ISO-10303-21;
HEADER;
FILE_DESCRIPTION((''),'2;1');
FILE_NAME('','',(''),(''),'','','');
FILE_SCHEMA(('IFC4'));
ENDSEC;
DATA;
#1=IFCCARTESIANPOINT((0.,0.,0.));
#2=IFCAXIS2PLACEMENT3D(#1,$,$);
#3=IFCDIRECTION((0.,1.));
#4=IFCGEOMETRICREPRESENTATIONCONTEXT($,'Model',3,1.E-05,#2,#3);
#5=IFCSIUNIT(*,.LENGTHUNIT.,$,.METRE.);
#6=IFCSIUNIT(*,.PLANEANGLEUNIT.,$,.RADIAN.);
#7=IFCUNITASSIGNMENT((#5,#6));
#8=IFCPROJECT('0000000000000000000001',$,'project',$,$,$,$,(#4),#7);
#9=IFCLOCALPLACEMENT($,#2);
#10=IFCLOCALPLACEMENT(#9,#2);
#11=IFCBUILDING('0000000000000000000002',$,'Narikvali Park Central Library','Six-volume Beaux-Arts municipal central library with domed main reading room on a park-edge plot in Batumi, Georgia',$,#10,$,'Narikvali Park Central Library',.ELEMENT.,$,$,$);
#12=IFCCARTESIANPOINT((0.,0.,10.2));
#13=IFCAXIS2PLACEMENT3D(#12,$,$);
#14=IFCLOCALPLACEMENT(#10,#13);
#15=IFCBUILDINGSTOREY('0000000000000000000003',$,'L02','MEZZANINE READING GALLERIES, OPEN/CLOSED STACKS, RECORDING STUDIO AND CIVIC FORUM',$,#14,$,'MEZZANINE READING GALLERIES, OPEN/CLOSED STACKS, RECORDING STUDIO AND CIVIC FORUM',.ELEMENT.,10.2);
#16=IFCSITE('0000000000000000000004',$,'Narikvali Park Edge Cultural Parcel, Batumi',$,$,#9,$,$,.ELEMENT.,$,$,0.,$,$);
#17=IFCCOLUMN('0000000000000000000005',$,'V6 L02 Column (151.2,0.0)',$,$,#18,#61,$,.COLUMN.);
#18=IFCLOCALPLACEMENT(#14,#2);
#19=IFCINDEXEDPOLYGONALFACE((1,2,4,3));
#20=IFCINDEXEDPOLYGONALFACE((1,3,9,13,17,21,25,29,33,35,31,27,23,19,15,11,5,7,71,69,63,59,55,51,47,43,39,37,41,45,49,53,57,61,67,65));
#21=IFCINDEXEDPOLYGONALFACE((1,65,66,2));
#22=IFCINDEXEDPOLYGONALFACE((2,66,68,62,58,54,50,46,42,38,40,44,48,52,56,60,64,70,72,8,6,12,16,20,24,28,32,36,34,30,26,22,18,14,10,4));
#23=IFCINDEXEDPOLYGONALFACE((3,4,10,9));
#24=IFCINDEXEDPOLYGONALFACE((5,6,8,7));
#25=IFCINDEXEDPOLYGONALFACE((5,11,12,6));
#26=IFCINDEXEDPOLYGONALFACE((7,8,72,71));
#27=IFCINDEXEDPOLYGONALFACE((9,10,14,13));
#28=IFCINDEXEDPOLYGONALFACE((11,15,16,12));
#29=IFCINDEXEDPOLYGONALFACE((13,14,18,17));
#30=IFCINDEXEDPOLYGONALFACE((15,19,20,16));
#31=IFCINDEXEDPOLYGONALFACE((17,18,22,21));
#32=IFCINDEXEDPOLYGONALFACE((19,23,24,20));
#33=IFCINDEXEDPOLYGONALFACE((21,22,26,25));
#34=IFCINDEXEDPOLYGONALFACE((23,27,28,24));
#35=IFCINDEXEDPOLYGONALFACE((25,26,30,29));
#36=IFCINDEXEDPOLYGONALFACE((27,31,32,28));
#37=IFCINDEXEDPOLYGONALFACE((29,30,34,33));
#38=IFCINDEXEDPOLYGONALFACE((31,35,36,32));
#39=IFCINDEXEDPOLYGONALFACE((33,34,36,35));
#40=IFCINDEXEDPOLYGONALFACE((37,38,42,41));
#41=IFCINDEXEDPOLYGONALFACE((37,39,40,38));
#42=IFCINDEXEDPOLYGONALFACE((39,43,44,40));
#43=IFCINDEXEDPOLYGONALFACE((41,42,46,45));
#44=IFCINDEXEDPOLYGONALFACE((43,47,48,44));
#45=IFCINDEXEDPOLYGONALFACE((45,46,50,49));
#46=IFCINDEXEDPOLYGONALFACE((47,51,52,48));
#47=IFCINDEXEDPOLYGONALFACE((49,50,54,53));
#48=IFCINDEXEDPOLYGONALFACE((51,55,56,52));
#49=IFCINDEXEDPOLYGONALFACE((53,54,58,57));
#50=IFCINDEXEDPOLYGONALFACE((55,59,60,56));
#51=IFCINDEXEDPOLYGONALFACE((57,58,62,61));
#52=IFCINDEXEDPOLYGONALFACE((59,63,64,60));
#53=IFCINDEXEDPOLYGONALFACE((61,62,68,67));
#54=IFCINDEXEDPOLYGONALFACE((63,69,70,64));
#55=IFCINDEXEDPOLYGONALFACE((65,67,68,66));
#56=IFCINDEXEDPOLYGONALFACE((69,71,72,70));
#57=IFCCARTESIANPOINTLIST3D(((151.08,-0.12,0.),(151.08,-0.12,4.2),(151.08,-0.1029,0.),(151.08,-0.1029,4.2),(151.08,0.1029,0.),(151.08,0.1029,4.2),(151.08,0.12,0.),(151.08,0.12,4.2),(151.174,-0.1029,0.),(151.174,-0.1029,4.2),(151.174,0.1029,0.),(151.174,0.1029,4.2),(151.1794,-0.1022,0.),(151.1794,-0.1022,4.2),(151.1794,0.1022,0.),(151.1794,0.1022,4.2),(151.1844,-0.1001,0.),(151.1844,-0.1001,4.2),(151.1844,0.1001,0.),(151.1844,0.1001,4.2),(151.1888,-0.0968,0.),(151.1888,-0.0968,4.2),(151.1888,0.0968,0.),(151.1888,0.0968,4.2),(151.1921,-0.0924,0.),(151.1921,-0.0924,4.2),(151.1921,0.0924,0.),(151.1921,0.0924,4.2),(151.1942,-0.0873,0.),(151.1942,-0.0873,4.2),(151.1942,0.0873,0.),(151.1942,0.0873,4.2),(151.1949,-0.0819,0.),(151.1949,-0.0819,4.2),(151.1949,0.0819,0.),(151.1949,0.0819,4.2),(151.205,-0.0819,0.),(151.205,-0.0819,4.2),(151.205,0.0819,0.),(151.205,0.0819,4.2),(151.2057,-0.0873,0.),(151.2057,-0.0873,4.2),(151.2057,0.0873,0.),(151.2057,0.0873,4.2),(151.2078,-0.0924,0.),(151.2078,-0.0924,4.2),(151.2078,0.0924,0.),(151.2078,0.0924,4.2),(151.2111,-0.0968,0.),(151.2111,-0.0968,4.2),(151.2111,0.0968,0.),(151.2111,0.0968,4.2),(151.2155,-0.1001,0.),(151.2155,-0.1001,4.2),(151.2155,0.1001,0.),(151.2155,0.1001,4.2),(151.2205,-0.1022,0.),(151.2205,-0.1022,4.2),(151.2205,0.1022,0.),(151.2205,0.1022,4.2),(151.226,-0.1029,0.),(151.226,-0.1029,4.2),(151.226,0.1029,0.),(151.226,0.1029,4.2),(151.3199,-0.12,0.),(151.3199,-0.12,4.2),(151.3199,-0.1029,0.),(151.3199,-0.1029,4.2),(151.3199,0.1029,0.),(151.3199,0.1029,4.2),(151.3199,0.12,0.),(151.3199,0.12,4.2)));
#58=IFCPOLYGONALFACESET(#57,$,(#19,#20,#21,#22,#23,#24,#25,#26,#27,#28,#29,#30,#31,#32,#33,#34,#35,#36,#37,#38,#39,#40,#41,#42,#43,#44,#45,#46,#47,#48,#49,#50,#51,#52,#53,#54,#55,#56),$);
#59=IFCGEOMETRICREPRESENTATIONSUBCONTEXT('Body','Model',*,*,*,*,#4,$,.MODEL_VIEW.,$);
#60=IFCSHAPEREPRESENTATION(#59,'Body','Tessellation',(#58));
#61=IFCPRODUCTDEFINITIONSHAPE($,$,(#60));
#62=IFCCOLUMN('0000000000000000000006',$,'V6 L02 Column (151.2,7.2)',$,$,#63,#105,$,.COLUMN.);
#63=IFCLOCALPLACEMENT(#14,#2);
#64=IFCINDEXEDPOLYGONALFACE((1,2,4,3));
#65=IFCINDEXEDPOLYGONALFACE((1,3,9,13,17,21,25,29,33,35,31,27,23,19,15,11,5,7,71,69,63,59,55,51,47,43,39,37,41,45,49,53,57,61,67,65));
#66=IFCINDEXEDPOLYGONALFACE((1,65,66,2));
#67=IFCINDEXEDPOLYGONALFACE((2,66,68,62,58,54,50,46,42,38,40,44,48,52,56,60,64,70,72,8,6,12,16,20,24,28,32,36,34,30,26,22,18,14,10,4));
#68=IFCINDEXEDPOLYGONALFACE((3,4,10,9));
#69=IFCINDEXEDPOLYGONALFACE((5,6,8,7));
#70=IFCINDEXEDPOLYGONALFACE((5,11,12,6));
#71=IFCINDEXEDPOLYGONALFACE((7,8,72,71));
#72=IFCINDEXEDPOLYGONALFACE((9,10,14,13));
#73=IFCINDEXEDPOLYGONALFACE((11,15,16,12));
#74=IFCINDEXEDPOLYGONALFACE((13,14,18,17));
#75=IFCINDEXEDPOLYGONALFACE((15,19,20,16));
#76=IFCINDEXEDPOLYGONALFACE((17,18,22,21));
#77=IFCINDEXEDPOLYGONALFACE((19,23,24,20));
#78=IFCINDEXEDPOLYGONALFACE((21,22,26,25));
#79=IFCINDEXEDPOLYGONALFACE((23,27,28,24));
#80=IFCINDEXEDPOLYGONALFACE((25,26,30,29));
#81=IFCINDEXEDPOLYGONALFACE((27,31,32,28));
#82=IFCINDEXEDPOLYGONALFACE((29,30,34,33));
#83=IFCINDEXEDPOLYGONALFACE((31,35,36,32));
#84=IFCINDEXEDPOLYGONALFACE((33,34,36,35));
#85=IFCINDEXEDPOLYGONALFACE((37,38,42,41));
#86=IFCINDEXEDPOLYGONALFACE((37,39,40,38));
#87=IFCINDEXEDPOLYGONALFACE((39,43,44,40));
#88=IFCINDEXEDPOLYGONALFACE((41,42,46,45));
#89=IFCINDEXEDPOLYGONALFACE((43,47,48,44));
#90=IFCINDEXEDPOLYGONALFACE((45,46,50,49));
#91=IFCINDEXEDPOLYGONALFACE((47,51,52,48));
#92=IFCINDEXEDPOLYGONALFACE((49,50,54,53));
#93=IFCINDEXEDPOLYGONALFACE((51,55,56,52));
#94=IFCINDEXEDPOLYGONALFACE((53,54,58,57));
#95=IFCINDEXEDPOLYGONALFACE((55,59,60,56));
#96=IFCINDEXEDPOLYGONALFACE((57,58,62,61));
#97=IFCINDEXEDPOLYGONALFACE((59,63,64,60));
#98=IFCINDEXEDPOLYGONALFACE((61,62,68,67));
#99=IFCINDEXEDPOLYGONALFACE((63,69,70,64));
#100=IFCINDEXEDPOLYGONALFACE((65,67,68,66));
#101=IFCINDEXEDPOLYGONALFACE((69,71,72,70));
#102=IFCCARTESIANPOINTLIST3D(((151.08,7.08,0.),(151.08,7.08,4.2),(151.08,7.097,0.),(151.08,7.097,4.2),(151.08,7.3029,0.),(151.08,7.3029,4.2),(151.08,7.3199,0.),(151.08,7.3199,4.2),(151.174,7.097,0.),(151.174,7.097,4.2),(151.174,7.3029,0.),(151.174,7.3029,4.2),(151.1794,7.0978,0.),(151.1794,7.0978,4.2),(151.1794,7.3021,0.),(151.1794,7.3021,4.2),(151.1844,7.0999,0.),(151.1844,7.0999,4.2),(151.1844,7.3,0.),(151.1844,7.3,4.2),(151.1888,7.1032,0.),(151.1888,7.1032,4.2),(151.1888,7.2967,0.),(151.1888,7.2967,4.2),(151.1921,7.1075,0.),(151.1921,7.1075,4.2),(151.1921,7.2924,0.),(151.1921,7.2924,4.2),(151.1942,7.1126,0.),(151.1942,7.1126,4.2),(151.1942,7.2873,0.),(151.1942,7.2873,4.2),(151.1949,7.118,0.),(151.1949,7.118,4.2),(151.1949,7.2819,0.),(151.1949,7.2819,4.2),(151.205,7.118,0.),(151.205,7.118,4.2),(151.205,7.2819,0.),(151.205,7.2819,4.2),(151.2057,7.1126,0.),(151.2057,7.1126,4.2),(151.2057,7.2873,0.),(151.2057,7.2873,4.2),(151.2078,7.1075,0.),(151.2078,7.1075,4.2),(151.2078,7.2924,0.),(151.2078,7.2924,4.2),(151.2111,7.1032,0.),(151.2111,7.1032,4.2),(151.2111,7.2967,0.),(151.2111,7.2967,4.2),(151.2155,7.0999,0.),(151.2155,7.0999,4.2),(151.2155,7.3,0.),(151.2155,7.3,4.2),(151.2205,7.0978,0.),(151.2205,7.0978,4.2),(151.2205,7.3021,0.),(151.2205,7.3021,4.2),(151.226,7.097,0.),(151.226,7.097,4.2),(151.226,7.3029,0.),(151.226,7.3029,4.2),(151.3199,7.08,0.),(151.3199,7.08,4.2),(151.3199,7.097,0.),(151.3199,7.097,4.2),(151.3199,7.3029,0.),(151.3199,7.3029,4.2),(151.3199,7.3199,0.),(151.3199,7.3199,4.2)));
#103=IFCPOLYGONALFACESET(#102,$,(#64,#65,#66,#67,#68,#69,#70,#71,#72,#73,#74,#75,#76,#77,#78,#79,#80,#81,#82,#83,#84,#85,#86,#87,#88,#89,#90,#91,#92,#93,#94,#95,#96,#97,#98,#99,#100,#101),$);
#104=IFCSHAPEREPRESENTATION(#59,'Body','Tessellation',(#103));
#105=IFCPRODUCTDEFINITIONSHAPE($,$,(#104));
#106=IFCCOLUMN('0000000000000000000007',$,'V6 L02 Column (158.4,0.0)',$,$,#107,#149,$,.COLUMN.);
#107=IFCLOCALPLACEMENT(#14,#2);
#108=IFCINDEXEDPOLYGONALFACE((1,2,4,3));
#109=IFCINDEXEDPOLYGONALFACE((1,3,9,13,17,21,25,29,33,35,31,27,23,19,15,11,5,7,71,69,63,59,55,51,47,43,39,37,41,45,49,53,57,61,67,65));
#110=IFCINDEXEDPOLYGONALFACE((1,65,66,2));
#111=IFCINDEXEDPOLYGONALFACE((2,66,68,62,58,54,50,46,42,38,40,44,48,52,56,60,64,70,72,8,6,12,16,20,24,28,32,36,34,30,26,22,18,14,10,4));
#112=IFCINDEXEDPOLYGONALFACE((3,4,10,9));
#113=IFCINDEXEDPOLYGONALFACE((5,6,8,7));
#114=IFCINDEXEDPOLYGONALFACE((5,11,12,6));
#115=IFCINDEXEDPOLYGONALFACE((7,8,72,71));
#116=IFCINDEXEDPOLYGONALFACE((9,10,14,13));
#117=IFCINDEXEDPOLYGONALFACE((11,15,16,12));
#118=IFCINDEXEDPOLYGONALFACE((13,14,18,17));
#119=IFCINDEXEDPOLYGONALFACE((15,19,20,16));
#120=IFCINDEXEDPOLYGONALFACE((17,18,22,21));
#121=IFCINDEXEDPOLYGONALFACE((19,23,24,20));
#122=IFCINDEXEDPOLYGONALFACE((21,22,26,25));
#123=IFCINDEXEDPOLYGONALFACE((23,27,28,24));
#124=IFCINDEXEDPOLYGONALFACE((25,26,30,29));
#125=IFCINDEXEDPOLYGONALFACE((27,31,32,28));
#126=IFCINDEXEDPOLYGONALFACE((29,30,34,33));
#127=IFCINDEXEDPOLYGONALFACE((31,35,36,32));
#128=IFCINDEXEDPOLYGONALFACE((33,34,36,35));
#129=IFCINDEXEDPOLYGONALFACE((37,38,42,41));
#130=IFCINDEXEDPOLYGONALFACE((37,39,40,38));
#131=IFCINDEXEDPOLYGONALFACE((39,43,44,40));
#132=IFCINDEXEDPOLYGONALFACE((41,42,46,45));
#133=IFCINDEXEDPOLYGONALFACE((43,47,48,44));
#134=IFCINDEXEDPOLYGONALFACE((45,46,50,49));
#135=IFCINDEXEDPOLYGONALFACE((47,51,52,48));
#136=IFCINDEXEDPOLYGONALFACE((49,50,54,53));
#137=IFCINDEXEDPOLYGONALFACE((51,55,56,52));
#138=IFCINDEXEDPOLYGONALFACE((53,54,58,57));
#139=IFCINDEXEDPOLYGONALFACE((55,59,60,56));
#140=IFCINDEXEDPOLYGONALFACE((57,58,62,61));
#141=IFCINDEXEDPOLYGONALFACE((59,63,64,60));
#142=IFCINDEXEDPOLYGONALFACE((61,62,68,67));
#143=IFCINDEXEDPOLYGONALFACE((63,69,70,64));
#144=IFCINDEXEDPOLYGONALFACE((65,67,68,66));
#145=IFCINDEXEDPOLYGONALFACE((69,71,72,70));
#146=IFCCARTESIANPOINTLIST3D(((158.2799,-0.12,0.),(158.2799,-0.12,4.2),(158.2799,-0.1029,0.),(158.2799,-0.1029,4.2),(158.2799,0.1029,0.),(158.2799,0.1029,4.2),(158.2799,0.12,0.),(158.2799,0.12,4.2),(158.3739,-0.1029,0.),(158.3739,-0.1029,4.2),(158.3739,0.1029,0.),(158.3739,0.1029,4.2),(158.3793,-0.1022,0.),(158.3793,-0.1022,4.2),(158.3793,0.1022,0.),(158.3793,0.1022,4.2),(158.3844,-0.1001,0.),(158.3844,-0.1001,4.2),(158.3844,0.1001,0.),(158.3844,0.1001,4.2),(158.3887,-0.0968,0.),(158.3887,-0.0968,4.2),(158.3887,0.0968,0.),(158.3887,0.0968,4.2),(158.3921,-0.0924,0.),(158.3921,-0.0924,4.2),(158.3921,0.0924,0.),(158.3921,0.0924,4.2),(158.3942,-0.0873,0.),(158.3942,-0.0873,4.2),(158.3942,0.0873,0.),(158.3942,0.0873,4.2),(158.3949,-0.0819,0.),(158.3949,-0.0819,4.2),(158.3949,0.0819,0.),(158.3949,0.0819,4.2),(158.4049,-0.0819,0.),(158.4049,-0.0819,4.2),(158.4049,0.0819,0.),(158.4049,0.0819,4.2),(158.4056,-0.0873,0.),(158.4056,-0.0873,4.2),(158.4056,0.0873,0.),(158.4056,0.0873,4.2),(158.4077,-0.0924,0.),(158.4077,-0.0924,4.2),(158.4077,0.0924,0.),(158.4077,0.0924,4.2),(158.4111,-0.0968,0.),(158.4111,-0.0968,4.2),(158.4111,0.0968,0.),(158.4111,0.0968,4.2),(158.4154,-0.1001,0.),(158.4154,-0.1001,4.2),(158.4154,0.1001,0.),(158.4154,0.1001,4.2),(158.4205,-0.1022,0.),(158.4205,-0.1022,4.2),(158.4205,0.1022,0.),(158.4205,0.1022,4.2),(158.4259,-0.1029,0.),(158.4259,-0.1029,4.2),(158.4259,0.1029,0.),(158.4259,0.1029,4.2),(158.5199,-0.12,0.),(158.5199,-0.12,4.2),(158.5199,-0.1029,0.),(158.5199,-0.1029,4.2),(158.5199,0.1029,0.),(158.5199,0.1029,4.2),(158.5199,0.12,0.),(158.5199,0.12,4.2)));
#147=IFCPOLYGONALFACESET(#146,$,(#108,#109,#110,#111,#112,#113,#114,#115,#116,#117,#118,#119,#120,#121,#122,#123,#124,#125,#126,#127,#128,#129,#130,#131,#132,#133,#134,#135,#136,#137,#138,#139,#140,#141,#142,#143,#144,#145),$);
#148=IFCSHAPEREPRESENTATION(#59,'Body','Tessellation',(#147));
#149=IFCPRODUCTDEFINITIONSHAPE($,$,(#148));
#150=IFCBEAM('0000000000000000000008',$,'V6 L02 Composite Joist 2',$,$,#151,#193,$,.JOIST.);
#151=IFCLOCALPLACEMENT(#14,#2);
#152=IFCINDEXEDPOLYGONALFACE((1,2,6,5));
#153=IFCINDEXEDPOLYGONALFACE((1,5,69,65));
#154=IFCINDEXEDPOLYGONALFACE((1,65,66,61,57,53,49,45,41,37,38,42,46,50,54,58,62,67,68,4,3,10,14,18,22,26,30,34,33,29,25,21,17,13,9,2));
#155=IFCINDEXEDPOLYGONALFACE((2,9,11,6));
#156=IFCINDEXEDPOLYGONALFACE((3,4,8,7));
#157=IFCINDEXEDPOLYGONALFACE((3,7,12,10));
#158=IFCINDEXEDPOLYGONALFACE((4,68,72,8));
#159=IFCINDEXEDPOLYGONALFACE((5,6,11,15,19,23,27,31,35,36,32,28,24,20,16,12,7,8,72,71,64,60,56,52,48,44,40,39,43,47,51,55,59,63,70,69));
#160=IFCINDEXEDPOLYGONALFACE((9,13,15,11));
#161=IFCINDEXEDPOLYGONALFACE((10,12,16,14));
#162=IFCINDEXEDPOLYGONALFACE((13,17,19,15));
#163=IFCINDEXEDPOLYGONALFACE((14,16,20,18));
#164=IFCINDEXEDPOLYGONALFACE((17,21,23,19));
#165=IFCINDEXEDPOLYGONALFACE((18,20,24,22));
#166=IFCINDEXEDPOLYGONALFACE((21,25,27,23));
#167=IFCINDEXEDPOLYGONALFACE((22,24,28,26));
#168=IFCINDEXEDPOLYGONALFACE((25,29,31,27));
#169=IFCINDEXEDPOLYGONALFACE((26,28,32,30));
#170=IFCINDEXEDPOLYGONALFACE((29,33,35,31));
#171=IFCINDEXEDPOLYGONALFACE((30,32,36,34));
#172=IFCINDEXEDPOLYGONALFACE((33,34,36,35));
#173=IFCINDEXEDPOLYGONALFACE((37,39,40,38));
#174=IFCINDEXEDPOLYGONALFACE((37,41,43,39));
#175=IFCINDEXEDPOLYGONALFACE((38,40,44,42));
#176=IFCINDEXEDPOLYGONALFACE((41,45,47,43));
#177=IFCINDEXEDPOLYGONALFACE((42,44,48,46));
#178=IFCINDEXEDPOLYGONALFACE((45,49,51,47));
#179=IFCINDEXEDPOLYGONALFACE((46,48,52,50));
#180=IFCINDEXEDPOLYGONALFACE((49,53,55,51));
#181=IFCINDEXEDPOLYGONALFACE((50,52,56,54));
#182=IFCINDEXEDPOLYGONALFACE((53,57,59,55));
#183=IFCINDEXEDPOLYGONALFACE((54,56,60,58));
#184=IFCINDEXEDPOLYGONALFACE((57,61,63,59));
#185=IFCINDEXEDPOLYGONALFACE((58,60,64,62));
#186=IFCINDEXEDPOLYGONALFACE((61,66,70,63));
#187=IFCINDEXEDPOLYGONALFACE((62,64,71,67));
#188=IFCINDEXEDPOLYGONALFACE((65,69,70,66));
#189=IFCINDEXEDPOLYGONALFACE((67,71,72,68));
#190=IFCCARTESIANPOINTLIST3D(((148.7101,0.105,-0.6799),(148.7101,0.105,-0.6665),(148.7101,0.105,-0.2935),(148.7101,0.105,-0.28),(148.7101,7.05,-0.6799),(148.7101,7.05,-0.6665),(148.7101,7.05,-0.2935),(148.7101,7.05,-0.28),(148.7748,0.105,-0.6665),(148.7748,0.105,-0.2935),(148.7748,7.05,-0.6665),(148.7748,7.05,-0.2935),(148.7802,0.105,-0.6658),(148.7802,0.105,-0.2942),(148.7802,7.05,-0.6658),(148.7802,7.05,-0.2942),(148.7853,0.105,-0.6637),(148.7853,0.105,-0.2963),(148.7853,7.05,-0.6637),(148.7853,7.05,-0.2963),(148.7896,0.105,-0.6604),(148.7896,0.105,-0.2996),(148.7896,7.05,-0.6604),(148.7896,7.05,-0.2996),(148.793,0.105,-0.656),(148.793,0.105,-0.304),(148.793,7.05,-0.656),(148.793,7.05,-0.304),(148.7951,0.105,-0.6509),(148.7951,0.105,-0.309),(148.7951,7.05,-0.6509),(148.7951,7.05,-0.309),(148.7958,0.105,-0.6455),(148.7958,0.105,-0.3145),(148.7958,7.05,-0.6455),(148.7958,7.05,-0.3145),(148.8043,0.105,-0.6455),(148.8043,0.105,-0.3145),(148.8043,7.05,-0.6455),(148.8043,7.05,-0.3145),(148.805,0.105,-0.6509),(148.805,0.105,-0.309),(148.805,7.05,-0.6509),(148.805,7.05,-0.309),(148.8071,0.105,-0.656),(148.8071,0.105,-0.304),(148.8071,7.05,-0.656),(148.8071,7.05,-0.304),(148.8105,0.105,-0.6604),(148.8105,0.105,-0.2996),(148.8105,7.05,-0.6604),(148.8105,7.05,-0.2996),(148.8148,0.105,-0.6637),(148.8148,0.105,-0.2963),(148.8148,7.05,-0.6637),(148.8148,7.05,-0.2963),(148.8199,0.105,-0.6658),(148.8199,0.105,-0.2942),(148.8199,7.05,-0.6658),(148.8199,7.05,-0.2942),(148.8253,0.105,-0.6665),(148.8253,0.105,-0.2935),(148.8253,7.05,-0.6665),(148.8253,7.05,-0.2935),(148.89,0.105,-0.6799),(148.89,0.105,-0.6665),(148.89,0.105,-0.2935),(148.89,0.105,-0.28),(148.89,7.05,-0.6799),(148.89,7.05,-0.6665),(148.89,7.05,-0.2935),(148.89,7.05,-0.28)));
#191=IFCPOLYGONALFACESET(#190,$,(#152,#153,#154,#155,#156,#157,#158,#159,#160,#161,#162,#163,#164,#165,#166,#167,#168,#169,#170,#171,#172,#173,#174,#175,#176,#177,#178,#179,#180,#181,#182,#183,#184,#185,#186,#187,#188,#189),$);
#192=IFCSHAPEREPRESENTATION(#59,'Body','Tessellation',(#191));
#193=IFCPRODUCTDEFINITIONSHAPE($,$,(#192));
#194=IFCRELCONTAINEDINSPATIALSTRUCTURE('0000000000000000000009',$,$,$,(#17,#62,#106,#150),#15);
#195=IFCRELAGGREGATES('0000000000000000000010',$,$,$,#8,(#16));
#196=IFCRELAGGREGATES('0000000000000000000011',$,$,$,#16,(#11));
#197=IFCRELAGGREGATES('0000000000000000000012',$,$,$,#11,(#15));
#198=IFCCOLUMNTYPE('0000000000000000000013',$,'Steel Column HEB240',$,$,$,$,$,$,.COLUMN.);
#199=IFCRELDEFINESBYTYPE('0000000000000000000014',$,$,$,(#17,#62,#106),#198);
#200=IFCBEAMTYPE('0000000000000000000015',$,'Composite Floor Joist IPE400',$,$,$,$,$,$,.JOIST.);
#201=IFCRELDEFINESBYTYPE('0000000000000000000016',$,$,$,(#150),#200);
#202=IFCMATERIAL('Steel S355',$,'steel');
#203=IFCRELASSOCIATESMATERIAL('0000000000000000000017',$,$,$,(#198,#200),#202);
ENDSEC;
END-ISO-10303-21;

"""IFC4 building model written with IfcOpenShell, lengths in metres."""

from ifc_helpers import new_model, si_unit, direction, frame, origin, origin_2d, place, context, subcontext, project, spatial, i_section, extrude, material, material_profile, profile_set, type_object, element, save


model = new_model("IFC4")

# Units and contexts
model_context = context("Model", 3, precision=1e-05, world=origin(), true_north=direction((0.0, 1.0)))
body_context = subcontext(model_context, "Body", "Model", "MODEL_VIEW")
ifc_project = project(units=[si_unit("LENGTHUNIT", "METRE"), si_unit("PLANEANGLEUNIT", "RADIAN")], contexts=[model_context])

# Site, building, storey
site_placement = place(None, origin())
site = spatial("IfcSite", under=ifc_project, at=site_placement, Name="Narikvali Park Edge Cultural Parcel, Batumi", CompositionType="ELEMENT", RefElevation=0.0)
building_placement = place(site_placement, origin())
building = spatial("IfcBuilding", under=site, at=building_placement, Name="Narikvali Park Central Library", Description="Six-volume Beaux-Arts municipal central library with domed main reading room on a park-edge plot in Batumi, Georgia", LongName="Narikvali Park Central Library", CompositionType="ELEMENT")
storey_placement = place(building_placement, frame((0.0, 0.0, 10.2)))
storey = spatial("IfcBuildingStorey", under=building, at=storey_placement, Name="L02", Description="MEZZANINE READING GALLERIES, OPEN/CLOSED STACKS, RECORDING STUDIO AND CIVIC FORUM", LongName="MEZZANINE READING GALLERIES, OPEN/CLOSED STACKS, RECORDING STUDIO AND CIVIC FORUM", CompositionType="ELEMENT", Elevation=10.2)

# Columns
ifc_material_1 = material(Name="Steel S355", Category="steel")
ifc_material_profile_1 = material_profile(ifc_material_1, i_section(OverallWidth=0.24, OverallDepth=0.24, WebThickness=0.01, FlangeThickness=0.0171, FilletRadius=0.021, at=origin_2d()), Name="HEB 240")
ifc_profile_set_1 = profile_set([ifc_material_profile_1], Name="Steel S355")
column_type = type_object("IfcColumnType", Name="Steel Column HEB240", PredefinedType="COLUMN", material=ifc_profile_set_1)
for number, where, z_axis, x_axis, name in (
    (1, (151.2, 0.0, 0.0), (0.0, 0.0, 1.0), (1.0, 0.0, 0.0), "V6 L02 Column (151.2,0.0)"),
    (2, (151.2, 7.2, 0.0), (0.0, 0.0, 1.0), (1.0, 0.0, 0.0), "V6 L02 Column (151.2,7.2)"),
    (3, (158.3999, 0.0, 0.0), (0.0, 0.0, 1.0), (1.0, 0.0, 0.0), "V6 L02 Column (158.4,0.0)"),
):
    element("IfcColumn", number, at=place(storey_placement, frame(where, z_axis=z_axis, x_axis=x_axis)), inside=storey, type_object=column_type, Name=name, PredefinedType="COLUMN", context=body_context, shape_type="SweptSolid", body=[
        extrude(i_section(OverallWidth=0.24, OverallDepth=0.24, WebThickness=0.01, FlangeThickness=0.0171, FilletRadius=0.021, at=origin_2d()), origin(), (0.0, 0.0, 1.0), 4.2),
    ])

# Beam
ifc_material_profile_2 = material_profile(ifc_material_1, i_section(OverallWidth=0.1799, OverallDepth=0.3999, WebThickness=0.0085, FlangeThickness=0.0134, FilletRadius=0.021, at=origin_2d()), Name="IPE 400")
ifc_profile_set_2 = profile_set([ifc_material_profile_2], Name="Steel S355")
beam_type_1 = type_object("IfcBeamType", Name="Composite Floor Joist IPE400", PredefinedType="JOIST", material=ifc_profile_set_2)
beam_1_placement = place(storey_placement, frame((148.8, 0.105, -0.48), z_axis=(0.0, 1.0, 0.0), x_axis=(-1.0, 0.0, 0.0)))
element("IfcBeam", 4, at=beam_1_placement, inside=storey, type_object=beam_type_1, Name="V6 L02 Composite Joist 2", PredefinedType="JOIST", context=body_context, shape_type="SweptSolid", body=[
    extrude(i_section(OverallWidth=0.1799, OverallDepth=0.3999, WebThickness=0.0085, FlangeThickness=0.0134, FilletRadius=0.021, at=origin_2d()), origin(), (0.0, 0.0, 1.0), 6.9451),
])

save(model, "model.ifc")
